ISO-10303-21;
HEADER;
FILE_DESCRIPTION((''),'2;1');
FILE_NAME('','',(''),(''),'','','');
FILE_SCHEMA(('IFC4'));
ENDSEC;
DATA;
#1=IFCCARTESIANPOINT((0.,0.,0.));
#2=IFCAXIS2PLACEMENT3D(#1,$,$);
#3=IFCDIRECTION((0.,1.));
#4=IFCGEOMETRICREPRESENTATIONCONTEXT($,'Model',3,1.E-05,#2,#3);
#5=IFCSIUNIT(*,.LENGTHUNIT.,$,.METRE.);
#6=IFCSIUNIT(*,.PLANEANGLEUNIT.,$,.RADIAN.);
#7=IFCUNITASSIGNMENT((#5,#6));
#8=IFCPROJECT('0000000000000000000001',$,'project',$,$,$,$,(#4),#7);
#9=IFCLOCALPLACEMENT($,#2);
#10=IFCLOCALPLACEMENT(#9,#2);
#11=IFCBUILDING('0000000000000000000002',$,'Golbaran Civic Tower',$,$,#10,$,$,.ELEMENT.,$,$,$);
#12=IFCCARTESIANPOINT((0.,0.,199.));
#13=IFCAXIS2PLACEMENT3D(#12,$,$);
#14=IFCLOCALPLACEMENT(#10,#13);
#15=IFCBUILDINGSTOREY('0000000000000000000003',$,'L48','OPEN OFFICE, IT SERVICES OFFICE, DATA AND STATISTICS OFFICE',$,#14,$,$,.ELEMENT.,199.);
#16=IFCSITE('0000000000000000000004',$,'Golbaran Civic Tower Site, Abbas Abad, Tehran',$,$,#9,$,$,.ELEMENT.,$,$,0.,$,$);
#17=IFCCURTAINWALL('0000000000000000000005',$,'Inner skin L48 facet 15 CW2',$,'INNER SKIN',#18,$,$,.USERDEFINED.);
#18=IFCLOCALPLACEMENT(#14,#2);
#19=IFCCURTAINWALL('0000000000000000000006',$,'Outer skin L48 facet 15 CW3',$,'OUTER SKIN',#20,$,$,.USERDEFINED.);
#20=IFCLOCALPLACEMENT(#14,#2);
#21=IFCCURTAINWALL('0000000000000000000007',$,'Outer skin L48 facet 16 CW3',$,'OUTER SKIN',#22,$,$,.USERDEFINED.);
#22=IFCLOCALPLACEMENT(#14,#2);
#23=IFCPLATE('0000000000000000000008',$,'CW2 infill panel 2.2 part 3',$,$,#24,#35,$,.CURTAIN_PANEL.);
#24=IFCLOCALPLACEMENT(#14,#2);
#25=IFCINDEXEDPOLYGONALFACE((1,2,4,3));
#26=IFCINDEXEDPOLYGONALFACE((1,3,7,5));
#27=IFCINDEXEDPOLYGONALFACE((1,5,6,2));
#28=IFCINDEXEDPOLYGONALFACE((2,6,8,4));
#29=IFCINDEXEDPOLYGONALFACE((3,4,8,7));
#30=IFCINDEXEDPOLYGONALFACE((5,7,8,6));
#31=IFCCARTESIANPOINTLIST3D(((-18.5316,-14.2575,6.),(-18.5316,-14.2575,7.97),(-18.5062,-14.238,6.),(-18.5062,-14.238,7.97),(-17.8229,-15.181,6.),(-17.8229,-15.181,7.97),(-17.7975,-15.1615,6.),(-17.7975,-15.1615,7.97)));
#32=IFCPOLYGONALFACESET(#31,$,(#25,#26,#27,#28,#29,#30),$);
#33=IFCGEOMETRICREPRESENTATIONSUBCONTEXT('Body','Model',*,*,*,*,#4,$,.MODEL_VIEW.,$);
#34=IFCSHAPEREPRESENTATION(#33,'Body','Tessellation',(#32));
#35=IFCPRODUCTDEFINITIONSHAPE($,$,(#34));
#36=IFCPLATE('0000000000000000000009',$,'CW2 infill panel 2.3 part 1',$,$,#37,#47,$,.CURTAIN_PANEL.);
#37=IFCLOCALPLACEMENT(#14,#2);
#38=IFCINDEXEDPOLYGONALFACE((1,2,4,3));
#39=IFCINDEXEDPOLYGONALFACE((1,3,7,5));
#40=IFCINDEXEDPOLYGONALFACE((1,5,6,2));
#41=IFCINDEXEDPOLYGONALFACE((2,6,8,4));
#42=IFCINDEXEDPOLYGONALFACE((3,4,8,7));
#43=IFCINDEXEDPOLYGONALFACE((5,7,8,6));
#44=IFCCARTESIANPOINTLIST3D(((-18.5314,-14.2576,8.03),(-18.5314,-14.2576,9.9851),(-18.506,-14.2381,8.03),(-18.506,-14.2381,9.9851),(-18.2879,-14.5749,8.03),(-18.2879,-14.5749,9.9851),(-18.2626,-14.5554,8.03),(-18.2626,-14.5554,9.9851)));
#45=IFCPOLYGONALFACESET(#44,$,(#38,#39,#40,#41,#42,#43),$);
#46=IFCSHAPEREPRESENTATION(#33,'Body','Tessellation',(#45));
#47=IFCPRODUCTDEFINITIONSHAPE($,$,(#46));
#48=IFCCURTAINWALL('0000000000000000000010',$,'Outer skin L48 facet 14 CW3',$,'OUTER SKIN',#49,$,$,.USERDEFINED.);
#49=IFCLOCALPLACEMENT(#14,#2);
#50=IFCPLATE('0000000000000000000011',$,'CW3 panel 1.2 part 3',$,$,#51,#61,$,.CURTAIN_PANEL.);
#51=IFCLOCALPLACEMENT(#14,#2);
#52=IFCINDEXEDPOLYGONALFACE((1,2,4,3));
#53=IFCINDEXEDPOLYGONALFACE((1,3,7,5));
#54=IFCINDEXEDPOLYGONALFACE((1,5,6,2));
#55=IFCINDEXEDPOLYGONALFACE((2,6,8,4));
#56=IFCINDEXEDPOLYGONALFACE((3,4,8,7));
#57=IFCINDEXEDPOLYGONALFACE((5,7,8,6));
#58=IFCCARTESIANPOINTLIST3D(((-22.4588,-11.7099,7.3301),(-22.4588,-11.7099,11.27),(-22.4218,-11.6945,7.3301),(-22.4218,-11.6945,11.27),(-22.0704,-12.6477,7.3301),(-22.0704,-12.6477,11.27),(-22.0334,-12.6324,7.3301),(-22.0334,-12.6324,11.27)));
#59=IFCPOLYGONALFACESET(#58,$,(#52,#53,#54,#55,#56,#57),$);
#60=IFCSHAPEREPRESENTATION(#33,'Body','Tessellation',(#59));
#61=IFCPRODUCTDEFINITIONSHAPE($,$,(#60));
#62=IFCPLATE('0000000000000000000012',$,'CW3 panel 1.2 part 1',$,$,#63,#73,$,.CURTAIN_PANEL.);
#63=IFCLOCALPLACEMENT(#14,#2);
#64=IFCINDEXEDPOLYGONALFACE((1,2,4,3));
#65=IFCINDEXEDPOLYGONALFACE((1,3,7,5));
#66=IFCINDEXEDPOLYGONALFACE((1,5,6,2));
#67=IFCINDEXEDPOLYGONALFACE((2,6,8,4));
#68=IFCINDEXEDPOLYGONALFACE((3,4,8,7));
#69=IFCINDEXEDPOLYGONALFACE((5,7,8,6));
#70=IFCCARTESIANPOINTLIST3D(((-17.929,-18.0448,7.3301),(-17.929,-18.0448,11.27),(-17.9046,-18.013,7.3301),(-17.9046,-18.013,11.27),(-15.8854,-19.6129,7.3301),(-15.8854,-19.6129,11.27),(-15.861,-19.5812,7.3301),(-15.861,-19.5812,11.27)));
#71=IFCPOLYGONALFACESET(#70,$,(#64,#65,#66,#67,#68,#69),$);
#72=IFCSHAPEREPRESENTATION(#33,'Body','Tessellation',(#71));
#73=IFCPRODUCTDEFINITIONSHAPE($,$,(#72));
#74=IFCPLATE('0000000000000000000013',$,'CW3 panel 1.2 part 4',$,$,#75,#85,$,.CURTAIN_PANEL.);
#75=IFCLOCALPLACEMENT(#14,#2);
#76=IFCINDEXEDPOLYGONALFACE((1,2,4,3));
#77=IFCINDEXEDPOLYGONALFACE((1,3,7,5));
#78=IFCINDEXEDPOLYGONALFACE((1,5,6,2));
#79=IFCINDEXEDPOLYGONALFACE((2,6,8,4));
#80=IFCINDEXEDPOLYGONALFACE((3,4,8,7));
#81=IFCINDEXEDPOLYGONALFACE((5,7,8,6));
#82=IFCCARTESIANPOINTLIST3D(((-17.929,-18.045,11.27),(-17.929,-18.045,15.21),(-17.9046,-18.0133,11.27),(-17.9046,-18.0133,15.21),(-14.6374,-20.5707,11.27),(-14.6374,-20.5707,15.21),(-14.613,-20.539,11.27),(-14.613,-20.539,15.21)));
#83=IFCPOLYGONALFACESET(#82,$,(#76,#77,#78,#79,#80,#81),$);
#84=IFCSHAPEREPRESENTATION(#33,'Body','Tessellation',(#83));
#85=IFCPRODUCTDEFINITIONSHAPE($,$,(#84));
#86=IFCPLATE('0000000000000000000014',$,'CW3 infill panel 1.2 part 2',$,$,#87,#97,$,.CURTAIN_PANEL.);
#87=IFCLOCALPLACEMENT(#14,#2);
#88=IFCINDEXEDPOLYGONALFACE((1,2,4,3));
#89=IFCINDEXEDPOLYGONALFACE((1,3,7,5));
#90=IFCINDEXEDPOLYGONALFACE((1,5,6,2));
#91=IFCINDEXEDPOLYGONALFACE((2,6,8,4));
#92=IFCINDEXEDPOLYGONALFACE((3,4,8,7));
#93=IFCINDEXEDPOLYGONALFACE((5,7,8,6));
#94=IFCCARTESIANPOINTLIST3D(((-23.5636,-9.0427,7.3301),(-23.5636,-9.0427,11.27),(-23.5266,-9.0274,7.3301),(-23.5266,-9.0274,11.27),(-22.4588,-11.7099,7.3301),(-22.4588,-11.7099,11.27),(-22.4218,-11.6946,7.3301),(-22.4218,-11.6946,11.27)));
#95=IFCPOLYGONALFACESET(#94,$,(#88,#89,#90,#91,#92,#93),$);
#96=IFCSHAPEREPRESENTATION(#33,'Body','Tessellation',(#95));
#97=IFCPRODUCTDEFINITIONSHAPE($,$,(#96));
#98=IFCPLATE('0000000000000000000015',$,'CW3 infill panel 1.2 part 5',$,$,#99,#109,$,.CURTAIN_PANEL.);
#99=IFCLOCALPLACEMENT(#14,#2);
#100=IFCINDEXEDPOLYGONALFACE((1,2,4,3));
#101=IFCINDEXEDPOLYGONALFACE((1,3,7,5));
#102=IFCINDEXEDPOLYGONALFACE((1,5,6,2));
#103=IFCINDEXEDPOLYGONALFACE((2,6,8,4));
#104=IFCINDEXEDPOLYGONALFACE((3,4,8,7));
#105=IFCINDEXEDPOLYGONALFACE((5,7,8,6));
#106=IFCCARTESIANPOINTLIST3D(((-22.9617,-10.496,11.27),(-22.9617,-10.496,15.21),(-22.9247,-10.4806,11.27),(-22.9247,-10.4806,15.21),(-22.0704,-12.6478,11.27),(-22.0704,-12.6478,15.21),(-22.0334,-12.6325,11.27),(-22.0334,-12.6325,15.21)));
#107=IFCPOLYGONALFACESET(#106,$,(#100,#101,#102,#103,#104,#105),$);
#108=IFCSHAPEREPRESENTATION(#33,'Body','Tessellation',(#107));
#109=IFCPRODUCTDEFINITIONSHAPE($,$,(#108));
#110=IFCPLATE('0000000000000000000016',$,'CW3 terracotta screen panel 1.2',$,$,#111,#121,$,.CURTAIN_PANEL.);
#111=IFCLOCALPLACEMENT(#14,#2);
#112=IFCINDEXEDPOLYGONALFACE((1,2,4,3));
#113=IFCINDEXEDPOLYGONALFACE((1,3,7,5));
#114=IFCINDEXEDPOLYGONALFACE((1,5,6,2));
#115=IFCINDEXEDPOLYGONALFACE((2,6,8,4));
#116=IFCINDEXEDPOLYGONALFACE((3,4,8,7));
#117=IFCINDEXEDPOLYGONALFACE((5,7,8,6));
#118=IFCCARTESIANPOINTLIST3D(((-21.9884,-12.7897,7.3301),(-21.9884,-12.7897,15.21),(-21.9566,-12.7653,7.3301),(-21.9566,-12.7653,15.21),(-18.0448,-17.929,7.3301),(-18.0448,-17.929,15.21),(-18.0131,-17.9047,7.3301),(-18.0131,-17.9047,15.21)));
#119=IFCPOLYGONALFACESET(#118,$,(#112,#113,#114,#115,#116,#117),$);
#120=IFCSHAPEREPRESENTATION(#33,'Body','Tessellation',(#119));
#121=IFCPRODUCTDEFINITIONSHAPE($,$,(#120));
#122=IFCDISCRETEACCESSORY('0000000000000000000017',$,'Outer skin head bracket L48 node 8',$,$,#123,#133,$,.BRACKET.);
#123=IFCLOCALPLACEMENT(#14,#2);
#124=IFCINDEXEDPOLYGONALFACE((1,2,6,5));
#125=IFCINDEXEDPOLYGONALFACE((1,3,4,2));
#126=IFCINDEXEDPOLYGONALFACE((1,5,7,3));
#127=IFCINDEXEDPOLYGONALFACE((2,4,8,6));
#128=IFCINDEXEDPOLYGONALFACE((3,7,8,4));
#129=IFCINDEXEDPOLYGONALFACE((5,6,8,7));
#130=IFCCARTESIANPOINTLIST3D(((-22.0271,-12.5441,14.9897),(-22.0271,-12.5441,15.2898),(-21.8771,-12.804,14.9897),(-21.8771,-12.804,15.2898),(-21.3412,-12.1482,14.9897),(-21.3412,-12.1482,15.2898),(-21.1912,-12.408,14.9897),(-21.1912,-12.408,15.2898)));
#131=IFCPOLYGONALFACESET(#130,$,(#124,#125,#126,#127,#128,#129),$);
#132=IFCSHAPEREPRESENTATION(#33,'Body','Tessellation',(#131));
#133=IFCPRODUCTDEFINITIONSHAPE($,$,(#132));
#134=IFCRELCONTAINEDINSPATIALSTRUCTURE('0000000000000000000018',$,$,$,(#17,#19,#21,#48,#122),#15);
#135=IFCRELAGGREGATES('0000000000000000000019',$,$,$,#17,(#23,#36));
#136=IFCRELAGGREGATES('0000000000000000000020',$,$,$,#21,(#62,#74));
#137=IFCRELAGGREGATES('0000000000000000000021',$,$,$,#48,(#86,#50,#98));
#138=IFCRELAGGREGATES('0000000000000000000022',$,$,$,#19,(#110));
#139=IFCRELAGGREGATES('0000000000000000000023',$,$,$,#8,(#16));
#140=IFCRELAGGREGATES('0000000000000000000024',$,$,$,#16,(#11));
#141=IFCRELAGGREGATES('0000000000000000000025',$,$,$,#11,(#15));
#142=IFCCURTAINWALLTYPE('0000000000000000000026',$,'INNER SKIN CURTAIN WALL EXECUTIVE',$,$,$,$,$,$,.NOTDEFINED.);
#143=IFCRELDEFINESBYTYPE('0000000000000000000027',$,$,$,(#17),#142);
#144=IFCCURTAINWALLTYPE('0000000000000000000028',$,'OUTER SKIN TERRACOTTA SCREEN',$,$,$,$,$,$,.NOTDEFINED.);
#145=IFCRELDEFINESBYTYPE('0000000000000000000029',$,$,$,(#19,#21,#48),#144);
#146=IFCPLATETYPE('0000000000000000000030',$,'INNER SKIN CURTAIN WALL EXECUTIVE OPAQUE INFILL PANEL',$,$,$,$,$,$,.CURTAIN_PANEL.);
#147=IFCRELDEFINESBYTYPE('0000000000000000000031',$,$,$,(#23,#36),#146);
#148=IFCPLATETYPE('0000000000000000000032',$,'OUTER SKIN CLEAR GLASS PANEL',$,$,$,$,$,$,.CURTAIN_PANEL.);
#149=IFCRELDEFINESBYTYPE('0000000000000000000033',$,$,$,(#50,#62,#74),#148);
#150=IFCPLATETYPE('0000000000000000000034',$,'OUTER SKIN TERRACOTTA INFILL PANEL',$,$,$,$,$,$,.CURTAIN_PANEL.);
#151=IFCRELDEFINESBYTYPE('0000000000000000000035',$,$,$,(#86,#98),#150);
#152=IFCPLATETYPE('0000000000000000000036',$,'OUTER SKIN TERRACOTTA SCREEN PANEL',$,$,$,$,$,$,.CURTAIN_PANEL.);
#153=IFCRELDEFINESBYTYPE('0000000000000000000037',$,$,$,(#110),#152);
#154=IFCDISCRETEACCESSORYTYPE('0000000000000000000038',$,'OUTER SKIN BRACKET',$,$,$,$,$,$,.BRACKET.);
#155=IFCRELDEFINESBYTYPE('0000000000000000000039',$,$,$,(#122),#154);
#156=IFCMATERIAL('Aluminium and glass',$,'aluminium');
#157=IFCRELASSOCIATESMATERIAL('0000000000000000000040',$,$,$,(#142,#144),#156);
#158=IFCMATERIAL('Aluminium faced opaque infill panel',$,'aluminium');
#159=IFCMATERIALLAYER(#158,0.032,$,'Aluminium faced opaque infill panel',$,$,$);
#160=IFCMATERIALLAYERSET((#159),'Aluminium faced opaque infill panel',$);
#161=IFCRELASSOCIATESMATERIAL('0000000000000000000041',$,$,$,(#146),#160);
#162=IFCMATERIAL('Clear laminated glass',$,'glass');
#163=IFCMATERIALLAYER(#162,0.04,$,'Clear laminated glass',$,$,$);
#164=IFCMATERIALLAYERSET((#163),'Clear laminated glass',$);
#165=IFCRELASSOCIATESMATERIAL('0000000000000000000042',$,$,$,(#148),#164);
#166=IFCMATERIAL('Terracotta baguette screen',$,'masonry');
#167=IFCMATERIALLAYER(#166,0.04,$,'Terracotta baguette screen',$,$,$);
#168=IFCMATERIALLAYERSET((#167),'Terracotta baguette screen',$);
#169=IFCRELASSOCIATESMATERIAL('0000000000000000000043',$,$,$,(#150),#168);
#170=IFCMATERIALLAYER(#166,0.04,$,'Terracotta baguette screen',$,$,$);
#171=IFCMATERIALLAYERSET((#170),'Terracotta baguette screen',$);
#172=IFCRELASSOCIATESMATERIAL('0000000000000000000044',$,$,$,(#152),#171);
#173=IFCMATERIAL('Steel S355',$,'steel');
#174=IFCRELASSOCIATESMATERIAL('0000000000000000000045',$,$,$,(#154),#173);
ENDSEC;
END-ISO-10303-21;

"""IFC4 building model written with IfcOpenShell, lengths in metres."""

from ifc_helpers import new_model, si_unit, direction, frame, origin, origin_2d, place, context, subcontext, project, spatial, rectangle, extrude, material, layer, layer_set, type_object, element, aggregate, save


model = new_model("IFC4")

# Units and contexts
model_context = context("Model", 3, precision=1e-05, world=origin(), true_north=direction((0.0, 1.0)))
body_context = subcontext(model_context, "Body", "Model", "MODEL_VIEW")
ifc_project = project(units=[si_unit("LENGTHUNIT", "METRE"), si_unit("PLANEANGLEUNIT", "RADIAN")], contexts=[model_context])

# Site, building, storey
site_placement = place(None, origin())
site = spatial("IfcSite", under=ifc_project, at=site_placement, Name="Golbaran Civic Tower Site, Abbas Abad, Tehran", CompositionType="ELEMENT", RefElevation=0.0)
building_placement = place(site_placement, origin())
building = spatial("IfcBuilding", under=site, at=building_placement, Name="Golbaran Civic Tower", CompositionType="ELEMENT")
storey_placement = place(building_placement, frame((0.0, 0.0, 199.0)))
storey = spatial("IfcBuildingStorey", under=building, at=storey_placement, Name="L48", Description="OPEN OFFICE, IT SERVICES OFFICE, DATA AND STATISTICS OFFICE", CompositionType="ELEMENT", Elevation=199.0)

# Curtain walls
ifc_material_1 = material(Name="Aluminium and glass", Category="aluminium")
curtain_wall_type_1 = type_object("IfcCurtainWallType", Name="INNER SKIN CURTAIN WALL EXECUTIVE", PredefinedType="NOTDEFINED", material=ifc_material_1)
curtain_wall_1_placement = place(storey_placement, origin())
curtain_wall_1 = element("IfcCurtainWall", 1, at=curtain_wall_1_placement, inside=storey, type_object=curtain_wall_type_1, Name="Inner skin L48 facet 15 CW2", ObjectType="INNER SKIN", PredefinedType="USERDEFINED")
curtain_wall_type_2 = type_object("IfcCurtainWallType", Name="OUTER SKIN TERRACOTTA SCREEN", PredefinedType="NOTDEFINED", material=ifc_material_1)
curtain_wall_2_placement = place(storey_placement, origin())
curtain_wall_2 = element("IfcCurtainWall", 2, at=curtain_wall_2_placement, inside=storey, type_object=curtain_wall_type_2, Name="Outer skin L48 facet 15 CW3", ObjectType="OUTER SKIN", PredefinedType="USERDEFINED")
curtain_wall_3_placement = place(storey_placement, origin())
curtain_wall_3 = element("IfcCurtainWall", 3, at=curtain_wall_3_placement, inside=storey, type_object=curtain_wall_type_2, Name="Outer skin L48 facet 16 CW3", ObjectType="OUTER SKIN", PredefinedType="USERDEFINED")

# Plates
ifc_material_2 = material(Name="Aluminium faced opaque infill panel", Category="aluminium")
ifc_layer_1 = layer(ifc_material_2, 0.032, Name="Aluminium faced opaque infill panel")
ifc_layer_set_1 = layer_set([ifc_layer_1], Name="Aluminium faced opaque infill panel")
plate_type_1 = type_object("IfcPlateType", Name="INNER SKIN CURTAIN WALL EXECUTIVE OPAQUE INFILL PANEL", PredefinedType="CURTAIN_PANEL", material=ifc_layer_set_1)
plate_1_placement = place(storey_placement, frame((-18.1646, -14.7095, 6.0), z_axis=(0.0, 0.0, 1.0), x_axis=(0.608761, -0.793353, 0.0)))
plate_1 = element("IfcPlate", 4, at=plate_1_placement, type_object=plate_type_1, Name="CW2 infill panel 2.2 part 3", PredefinedType="CURTAIN_PANEL", context=body_context, shape_type="SweptSolid", body=[
    extrude(rectangle(XDim=1.1641, YDim=0.032, at=origin_2d()), origin(), (0.0, 0.0, 1.0), 1.97),
])
plate_2_placement = place(storey_placement, frame((-18.397, -14.4065, 8.03), z_axis=(0.0, 0.0, 1.0), x_axis=(0.608761, -0.793353, 0.0)))
plate_2 = element("IfcPlate", 5, at=plate_2_placement, type_object=plate_type_1, Name="CW2 infill panel 2.3 part 1", PredefinedType="CURTAIN_PANEL", context=body_context, shape_type="SweptSolid", body=[
    extrude(rectangle(XDim=0.3999, YDim=0.032, at=origin_2d()), origin(), (0.0, 0.0, 1.0), 1.9551),
])
aggregate(curtain_wall_1, [plate_1, plate_2])

# Curtain wall, plate
curtain_wall_4_placement = place(storey_placement, origin())
curtain_wall_4 = element("IfcCurtainWall", 6, at=curtain_wall_4_placement, inside=storey, type_object=curtain_wall_type_2, Name="Outer skin L48 facet 14 CW3", ObjectType="OUTER SKIN", PredefinedType="USERDEFINED")
ifc_material_3 = material(Name="Clear laminated glass", Category="glass")
ifc_layer_2 = layer(ifc_material_3, 0.04, Name="Clear laminated glass")
ifc_layer_set_2 = layer_set([ifc_layer_2], Name="Clear laminated glass")
plate_type_2 = type_object("IfcPlateType", Name="OUTER SKIN CLEAR GLASS PANEL", PredefinedType="CURTAIN_PANEL", material=ifc_layer_set_2)
plate_3_placement = place(storey_placement, frame((-22.2461, -12.1711, 7.3301), z_axis=(0.0, 0.0, 1.0), x_axis=(0.382683, -0.92388, 0.0)))
plate_3 = element("IfcPlate", 7, at=plate_3_placement, type_object=plate_type_2, Name="CW3 panel 1.2 part 3", PredefinedType="CURTAIN_PANEL", context=body_context, shape_type="SweptSolid", body=[
    extrude(rectangle(XDim=1.0151, YDim=0.04, at=origin_2d()), origin(), (0.0, 0.0, 1.0), 3.9399),
])

# Plates
plate_4_placement = place(storey_placement, frame((-16.895, -18.813, 7.3301), z_axis=(0.0, 0.0, 1.0), x_axis=(0.793353, -0.608761, 0.0)))
plate_4 = element("IfcPlate", 8, at=plate_4_placement, type_object=plate_type_2, Name="CW3 panel 1.2 part 1", PredefinedType="CURTAIN_PANEL", context=body_context, shape_type="SweptSolid", body=[
    extrude(rectangle(XDim=2.5759, YDim=0.04, at=origin_2d()), origin(), (0.0, 0.0, 1.0), 3.9399),
])
plate_5_placement = place(storey_placement, frame((-16.271, -19.292, 11.27), z_axis=(0.0, 0.0, 1.0), x_axis=(0.793353, -0.608761, 0.0)))
plate_5 = element("IfcPlate", 9, at=plate_5_placement, type_object=plate_type_2, Name="CW3 panel 1.2 part 4", PredefinedType="CURTAIN_PANEL", context=body_context, shape_type="SweptSolid", body=[
    extrude(rectangle(XDim=4.1489, YDim=0.04, at=origin_2d()), origin(), (0.0, 0.0, 1.0), 3.9399),
])
aggregate(curtain_wall_3, [plate_4, plate_5])
ifc_material_4 = material(Name="Terracotta baguette screen", Category="masonry")
ifc_layer_3 = layer(ifc_material_4, 0.04, Name="Terracotta baguette screen")
ifc_layer_set_3 = layer_set([ifc_layer_3], Name="Terracotta baguette screen")
plate_type_3 = type_object("IfcPlateType", Name="OUTER SKIN TERRACOTTA INFILL PANEL", PredefinedType="CURTAIN_PANEL", material=ifc_layer_set_3)
plate_6_placement = place(storey_placement, frame((-22.9927, -10.3687, 7.3301), z_axis=(0.0, 0.0, 1.0), x_axis=(0.382683, -0.92388, 0.0)))
plate_6 = element("IfcPlate", 10, at=plate_6_placement, type_object=plate_type_3, Name="CW3 infill panel 1.2 part 2", PredefinedType="CURTAIN_PANEL", context=body_context, shape_type="SweptSolid", body=[
    extrude(rectangle(XDim=2.887, YDim=0.04, at=origin_2d()), origin(), (0.0, 0.0, 1.0), 3.9399),
])
plate_7_placement = place(storey_placement, frame((-22.4976, -11.5642, 11.27), z_axis=(0.0, 0.0, 1.0), x_axis=(0.382683, -0.92388, 0.0)))
plate_7 = element("IfcPlate", 11, at=plate_7_placement, type_object=plate_type_3, Name="CW3 infill panel 1.2 part 5", PredefinedType="CURTAIN_PANEL", context=body_context, shape_type="SweptSolid", body=[
    extrude(rectangle(XDim=2.3291, YDim=0.04, at=origin_2d()), origin(), (0.0, 0.0, 1.0), 3.9399),
])
aggregate(curtain_wall_4, [plate_6, plate_3, plate_7])
ifc_layer_4 = layer(ifc_material_4, 0.04, Name="Terracotta baguette screen")
ifc_layer_set_4 = layer_set([ifc_layer_4], Name="Terracotta baguette screen")
plate_type_4 = type_object("IfcPlateType", Name="OUTER SKIN TERRACOTTA SCREEN PANEL", PredefinedType="CURTAIN_PANEL", material=ifc_layer_set_4)
plate_8_placement = place(storey_placement, frame((-20.0007, -15.3472, 7.3301), z_axis=(0.0, 0.0, 1.0), x_axis=(0.608761, -0.793353, 0.0)))
plate_8 = element("IfcPlate", 12, at=plate_8_placement, type_object=plate_type_4, Name="CW3 terracotta screen panel 1.2", PredefinedType="CURTAIN_PANEL", context=body_context, shape_type="SweptSolid", body=[
    extrude(rectangle(XDim=6.478, YDim=0.04, at=origin_2d()), origin(), (0.0, 0.0, 1.0), 7.8799),
])
aggregate(curtain_wall_2, [plate_8])

# Discrete accessory
ifc_material_5 = material(Name="Steel S355", Category="steel")
discrete_accessory_type = type_object("IfcDiscreteAccessoryType", Name="OUTER SKIN BRACKET", PredefinedType="BRACKET", material=ifc_material_5)
discrete_accessory_placement = place(storey_placement, frame((-21.6091, -12.4761, 14.9897), z_axis=(0.0, 0.0, 1.0), x_axis=(-0.866025, -0.5, 0.0)))
element("IfcDiscreteAccessory", 13, at=discrete_accessory_placement, inside=storey, type_object=discrete_accessory_type, Name="Outer skin head bracket L48 node 8", PredefinedType="BRACKET", context=body_context, shape_type="SweptSolid", body=[
    extrude(rectangle(XDim=0.792, YDim=0.3, at=origin_2d()), origin(), (0.0, 0.0, 1.0), 0.3),
])

save(model, "model.ifc")
